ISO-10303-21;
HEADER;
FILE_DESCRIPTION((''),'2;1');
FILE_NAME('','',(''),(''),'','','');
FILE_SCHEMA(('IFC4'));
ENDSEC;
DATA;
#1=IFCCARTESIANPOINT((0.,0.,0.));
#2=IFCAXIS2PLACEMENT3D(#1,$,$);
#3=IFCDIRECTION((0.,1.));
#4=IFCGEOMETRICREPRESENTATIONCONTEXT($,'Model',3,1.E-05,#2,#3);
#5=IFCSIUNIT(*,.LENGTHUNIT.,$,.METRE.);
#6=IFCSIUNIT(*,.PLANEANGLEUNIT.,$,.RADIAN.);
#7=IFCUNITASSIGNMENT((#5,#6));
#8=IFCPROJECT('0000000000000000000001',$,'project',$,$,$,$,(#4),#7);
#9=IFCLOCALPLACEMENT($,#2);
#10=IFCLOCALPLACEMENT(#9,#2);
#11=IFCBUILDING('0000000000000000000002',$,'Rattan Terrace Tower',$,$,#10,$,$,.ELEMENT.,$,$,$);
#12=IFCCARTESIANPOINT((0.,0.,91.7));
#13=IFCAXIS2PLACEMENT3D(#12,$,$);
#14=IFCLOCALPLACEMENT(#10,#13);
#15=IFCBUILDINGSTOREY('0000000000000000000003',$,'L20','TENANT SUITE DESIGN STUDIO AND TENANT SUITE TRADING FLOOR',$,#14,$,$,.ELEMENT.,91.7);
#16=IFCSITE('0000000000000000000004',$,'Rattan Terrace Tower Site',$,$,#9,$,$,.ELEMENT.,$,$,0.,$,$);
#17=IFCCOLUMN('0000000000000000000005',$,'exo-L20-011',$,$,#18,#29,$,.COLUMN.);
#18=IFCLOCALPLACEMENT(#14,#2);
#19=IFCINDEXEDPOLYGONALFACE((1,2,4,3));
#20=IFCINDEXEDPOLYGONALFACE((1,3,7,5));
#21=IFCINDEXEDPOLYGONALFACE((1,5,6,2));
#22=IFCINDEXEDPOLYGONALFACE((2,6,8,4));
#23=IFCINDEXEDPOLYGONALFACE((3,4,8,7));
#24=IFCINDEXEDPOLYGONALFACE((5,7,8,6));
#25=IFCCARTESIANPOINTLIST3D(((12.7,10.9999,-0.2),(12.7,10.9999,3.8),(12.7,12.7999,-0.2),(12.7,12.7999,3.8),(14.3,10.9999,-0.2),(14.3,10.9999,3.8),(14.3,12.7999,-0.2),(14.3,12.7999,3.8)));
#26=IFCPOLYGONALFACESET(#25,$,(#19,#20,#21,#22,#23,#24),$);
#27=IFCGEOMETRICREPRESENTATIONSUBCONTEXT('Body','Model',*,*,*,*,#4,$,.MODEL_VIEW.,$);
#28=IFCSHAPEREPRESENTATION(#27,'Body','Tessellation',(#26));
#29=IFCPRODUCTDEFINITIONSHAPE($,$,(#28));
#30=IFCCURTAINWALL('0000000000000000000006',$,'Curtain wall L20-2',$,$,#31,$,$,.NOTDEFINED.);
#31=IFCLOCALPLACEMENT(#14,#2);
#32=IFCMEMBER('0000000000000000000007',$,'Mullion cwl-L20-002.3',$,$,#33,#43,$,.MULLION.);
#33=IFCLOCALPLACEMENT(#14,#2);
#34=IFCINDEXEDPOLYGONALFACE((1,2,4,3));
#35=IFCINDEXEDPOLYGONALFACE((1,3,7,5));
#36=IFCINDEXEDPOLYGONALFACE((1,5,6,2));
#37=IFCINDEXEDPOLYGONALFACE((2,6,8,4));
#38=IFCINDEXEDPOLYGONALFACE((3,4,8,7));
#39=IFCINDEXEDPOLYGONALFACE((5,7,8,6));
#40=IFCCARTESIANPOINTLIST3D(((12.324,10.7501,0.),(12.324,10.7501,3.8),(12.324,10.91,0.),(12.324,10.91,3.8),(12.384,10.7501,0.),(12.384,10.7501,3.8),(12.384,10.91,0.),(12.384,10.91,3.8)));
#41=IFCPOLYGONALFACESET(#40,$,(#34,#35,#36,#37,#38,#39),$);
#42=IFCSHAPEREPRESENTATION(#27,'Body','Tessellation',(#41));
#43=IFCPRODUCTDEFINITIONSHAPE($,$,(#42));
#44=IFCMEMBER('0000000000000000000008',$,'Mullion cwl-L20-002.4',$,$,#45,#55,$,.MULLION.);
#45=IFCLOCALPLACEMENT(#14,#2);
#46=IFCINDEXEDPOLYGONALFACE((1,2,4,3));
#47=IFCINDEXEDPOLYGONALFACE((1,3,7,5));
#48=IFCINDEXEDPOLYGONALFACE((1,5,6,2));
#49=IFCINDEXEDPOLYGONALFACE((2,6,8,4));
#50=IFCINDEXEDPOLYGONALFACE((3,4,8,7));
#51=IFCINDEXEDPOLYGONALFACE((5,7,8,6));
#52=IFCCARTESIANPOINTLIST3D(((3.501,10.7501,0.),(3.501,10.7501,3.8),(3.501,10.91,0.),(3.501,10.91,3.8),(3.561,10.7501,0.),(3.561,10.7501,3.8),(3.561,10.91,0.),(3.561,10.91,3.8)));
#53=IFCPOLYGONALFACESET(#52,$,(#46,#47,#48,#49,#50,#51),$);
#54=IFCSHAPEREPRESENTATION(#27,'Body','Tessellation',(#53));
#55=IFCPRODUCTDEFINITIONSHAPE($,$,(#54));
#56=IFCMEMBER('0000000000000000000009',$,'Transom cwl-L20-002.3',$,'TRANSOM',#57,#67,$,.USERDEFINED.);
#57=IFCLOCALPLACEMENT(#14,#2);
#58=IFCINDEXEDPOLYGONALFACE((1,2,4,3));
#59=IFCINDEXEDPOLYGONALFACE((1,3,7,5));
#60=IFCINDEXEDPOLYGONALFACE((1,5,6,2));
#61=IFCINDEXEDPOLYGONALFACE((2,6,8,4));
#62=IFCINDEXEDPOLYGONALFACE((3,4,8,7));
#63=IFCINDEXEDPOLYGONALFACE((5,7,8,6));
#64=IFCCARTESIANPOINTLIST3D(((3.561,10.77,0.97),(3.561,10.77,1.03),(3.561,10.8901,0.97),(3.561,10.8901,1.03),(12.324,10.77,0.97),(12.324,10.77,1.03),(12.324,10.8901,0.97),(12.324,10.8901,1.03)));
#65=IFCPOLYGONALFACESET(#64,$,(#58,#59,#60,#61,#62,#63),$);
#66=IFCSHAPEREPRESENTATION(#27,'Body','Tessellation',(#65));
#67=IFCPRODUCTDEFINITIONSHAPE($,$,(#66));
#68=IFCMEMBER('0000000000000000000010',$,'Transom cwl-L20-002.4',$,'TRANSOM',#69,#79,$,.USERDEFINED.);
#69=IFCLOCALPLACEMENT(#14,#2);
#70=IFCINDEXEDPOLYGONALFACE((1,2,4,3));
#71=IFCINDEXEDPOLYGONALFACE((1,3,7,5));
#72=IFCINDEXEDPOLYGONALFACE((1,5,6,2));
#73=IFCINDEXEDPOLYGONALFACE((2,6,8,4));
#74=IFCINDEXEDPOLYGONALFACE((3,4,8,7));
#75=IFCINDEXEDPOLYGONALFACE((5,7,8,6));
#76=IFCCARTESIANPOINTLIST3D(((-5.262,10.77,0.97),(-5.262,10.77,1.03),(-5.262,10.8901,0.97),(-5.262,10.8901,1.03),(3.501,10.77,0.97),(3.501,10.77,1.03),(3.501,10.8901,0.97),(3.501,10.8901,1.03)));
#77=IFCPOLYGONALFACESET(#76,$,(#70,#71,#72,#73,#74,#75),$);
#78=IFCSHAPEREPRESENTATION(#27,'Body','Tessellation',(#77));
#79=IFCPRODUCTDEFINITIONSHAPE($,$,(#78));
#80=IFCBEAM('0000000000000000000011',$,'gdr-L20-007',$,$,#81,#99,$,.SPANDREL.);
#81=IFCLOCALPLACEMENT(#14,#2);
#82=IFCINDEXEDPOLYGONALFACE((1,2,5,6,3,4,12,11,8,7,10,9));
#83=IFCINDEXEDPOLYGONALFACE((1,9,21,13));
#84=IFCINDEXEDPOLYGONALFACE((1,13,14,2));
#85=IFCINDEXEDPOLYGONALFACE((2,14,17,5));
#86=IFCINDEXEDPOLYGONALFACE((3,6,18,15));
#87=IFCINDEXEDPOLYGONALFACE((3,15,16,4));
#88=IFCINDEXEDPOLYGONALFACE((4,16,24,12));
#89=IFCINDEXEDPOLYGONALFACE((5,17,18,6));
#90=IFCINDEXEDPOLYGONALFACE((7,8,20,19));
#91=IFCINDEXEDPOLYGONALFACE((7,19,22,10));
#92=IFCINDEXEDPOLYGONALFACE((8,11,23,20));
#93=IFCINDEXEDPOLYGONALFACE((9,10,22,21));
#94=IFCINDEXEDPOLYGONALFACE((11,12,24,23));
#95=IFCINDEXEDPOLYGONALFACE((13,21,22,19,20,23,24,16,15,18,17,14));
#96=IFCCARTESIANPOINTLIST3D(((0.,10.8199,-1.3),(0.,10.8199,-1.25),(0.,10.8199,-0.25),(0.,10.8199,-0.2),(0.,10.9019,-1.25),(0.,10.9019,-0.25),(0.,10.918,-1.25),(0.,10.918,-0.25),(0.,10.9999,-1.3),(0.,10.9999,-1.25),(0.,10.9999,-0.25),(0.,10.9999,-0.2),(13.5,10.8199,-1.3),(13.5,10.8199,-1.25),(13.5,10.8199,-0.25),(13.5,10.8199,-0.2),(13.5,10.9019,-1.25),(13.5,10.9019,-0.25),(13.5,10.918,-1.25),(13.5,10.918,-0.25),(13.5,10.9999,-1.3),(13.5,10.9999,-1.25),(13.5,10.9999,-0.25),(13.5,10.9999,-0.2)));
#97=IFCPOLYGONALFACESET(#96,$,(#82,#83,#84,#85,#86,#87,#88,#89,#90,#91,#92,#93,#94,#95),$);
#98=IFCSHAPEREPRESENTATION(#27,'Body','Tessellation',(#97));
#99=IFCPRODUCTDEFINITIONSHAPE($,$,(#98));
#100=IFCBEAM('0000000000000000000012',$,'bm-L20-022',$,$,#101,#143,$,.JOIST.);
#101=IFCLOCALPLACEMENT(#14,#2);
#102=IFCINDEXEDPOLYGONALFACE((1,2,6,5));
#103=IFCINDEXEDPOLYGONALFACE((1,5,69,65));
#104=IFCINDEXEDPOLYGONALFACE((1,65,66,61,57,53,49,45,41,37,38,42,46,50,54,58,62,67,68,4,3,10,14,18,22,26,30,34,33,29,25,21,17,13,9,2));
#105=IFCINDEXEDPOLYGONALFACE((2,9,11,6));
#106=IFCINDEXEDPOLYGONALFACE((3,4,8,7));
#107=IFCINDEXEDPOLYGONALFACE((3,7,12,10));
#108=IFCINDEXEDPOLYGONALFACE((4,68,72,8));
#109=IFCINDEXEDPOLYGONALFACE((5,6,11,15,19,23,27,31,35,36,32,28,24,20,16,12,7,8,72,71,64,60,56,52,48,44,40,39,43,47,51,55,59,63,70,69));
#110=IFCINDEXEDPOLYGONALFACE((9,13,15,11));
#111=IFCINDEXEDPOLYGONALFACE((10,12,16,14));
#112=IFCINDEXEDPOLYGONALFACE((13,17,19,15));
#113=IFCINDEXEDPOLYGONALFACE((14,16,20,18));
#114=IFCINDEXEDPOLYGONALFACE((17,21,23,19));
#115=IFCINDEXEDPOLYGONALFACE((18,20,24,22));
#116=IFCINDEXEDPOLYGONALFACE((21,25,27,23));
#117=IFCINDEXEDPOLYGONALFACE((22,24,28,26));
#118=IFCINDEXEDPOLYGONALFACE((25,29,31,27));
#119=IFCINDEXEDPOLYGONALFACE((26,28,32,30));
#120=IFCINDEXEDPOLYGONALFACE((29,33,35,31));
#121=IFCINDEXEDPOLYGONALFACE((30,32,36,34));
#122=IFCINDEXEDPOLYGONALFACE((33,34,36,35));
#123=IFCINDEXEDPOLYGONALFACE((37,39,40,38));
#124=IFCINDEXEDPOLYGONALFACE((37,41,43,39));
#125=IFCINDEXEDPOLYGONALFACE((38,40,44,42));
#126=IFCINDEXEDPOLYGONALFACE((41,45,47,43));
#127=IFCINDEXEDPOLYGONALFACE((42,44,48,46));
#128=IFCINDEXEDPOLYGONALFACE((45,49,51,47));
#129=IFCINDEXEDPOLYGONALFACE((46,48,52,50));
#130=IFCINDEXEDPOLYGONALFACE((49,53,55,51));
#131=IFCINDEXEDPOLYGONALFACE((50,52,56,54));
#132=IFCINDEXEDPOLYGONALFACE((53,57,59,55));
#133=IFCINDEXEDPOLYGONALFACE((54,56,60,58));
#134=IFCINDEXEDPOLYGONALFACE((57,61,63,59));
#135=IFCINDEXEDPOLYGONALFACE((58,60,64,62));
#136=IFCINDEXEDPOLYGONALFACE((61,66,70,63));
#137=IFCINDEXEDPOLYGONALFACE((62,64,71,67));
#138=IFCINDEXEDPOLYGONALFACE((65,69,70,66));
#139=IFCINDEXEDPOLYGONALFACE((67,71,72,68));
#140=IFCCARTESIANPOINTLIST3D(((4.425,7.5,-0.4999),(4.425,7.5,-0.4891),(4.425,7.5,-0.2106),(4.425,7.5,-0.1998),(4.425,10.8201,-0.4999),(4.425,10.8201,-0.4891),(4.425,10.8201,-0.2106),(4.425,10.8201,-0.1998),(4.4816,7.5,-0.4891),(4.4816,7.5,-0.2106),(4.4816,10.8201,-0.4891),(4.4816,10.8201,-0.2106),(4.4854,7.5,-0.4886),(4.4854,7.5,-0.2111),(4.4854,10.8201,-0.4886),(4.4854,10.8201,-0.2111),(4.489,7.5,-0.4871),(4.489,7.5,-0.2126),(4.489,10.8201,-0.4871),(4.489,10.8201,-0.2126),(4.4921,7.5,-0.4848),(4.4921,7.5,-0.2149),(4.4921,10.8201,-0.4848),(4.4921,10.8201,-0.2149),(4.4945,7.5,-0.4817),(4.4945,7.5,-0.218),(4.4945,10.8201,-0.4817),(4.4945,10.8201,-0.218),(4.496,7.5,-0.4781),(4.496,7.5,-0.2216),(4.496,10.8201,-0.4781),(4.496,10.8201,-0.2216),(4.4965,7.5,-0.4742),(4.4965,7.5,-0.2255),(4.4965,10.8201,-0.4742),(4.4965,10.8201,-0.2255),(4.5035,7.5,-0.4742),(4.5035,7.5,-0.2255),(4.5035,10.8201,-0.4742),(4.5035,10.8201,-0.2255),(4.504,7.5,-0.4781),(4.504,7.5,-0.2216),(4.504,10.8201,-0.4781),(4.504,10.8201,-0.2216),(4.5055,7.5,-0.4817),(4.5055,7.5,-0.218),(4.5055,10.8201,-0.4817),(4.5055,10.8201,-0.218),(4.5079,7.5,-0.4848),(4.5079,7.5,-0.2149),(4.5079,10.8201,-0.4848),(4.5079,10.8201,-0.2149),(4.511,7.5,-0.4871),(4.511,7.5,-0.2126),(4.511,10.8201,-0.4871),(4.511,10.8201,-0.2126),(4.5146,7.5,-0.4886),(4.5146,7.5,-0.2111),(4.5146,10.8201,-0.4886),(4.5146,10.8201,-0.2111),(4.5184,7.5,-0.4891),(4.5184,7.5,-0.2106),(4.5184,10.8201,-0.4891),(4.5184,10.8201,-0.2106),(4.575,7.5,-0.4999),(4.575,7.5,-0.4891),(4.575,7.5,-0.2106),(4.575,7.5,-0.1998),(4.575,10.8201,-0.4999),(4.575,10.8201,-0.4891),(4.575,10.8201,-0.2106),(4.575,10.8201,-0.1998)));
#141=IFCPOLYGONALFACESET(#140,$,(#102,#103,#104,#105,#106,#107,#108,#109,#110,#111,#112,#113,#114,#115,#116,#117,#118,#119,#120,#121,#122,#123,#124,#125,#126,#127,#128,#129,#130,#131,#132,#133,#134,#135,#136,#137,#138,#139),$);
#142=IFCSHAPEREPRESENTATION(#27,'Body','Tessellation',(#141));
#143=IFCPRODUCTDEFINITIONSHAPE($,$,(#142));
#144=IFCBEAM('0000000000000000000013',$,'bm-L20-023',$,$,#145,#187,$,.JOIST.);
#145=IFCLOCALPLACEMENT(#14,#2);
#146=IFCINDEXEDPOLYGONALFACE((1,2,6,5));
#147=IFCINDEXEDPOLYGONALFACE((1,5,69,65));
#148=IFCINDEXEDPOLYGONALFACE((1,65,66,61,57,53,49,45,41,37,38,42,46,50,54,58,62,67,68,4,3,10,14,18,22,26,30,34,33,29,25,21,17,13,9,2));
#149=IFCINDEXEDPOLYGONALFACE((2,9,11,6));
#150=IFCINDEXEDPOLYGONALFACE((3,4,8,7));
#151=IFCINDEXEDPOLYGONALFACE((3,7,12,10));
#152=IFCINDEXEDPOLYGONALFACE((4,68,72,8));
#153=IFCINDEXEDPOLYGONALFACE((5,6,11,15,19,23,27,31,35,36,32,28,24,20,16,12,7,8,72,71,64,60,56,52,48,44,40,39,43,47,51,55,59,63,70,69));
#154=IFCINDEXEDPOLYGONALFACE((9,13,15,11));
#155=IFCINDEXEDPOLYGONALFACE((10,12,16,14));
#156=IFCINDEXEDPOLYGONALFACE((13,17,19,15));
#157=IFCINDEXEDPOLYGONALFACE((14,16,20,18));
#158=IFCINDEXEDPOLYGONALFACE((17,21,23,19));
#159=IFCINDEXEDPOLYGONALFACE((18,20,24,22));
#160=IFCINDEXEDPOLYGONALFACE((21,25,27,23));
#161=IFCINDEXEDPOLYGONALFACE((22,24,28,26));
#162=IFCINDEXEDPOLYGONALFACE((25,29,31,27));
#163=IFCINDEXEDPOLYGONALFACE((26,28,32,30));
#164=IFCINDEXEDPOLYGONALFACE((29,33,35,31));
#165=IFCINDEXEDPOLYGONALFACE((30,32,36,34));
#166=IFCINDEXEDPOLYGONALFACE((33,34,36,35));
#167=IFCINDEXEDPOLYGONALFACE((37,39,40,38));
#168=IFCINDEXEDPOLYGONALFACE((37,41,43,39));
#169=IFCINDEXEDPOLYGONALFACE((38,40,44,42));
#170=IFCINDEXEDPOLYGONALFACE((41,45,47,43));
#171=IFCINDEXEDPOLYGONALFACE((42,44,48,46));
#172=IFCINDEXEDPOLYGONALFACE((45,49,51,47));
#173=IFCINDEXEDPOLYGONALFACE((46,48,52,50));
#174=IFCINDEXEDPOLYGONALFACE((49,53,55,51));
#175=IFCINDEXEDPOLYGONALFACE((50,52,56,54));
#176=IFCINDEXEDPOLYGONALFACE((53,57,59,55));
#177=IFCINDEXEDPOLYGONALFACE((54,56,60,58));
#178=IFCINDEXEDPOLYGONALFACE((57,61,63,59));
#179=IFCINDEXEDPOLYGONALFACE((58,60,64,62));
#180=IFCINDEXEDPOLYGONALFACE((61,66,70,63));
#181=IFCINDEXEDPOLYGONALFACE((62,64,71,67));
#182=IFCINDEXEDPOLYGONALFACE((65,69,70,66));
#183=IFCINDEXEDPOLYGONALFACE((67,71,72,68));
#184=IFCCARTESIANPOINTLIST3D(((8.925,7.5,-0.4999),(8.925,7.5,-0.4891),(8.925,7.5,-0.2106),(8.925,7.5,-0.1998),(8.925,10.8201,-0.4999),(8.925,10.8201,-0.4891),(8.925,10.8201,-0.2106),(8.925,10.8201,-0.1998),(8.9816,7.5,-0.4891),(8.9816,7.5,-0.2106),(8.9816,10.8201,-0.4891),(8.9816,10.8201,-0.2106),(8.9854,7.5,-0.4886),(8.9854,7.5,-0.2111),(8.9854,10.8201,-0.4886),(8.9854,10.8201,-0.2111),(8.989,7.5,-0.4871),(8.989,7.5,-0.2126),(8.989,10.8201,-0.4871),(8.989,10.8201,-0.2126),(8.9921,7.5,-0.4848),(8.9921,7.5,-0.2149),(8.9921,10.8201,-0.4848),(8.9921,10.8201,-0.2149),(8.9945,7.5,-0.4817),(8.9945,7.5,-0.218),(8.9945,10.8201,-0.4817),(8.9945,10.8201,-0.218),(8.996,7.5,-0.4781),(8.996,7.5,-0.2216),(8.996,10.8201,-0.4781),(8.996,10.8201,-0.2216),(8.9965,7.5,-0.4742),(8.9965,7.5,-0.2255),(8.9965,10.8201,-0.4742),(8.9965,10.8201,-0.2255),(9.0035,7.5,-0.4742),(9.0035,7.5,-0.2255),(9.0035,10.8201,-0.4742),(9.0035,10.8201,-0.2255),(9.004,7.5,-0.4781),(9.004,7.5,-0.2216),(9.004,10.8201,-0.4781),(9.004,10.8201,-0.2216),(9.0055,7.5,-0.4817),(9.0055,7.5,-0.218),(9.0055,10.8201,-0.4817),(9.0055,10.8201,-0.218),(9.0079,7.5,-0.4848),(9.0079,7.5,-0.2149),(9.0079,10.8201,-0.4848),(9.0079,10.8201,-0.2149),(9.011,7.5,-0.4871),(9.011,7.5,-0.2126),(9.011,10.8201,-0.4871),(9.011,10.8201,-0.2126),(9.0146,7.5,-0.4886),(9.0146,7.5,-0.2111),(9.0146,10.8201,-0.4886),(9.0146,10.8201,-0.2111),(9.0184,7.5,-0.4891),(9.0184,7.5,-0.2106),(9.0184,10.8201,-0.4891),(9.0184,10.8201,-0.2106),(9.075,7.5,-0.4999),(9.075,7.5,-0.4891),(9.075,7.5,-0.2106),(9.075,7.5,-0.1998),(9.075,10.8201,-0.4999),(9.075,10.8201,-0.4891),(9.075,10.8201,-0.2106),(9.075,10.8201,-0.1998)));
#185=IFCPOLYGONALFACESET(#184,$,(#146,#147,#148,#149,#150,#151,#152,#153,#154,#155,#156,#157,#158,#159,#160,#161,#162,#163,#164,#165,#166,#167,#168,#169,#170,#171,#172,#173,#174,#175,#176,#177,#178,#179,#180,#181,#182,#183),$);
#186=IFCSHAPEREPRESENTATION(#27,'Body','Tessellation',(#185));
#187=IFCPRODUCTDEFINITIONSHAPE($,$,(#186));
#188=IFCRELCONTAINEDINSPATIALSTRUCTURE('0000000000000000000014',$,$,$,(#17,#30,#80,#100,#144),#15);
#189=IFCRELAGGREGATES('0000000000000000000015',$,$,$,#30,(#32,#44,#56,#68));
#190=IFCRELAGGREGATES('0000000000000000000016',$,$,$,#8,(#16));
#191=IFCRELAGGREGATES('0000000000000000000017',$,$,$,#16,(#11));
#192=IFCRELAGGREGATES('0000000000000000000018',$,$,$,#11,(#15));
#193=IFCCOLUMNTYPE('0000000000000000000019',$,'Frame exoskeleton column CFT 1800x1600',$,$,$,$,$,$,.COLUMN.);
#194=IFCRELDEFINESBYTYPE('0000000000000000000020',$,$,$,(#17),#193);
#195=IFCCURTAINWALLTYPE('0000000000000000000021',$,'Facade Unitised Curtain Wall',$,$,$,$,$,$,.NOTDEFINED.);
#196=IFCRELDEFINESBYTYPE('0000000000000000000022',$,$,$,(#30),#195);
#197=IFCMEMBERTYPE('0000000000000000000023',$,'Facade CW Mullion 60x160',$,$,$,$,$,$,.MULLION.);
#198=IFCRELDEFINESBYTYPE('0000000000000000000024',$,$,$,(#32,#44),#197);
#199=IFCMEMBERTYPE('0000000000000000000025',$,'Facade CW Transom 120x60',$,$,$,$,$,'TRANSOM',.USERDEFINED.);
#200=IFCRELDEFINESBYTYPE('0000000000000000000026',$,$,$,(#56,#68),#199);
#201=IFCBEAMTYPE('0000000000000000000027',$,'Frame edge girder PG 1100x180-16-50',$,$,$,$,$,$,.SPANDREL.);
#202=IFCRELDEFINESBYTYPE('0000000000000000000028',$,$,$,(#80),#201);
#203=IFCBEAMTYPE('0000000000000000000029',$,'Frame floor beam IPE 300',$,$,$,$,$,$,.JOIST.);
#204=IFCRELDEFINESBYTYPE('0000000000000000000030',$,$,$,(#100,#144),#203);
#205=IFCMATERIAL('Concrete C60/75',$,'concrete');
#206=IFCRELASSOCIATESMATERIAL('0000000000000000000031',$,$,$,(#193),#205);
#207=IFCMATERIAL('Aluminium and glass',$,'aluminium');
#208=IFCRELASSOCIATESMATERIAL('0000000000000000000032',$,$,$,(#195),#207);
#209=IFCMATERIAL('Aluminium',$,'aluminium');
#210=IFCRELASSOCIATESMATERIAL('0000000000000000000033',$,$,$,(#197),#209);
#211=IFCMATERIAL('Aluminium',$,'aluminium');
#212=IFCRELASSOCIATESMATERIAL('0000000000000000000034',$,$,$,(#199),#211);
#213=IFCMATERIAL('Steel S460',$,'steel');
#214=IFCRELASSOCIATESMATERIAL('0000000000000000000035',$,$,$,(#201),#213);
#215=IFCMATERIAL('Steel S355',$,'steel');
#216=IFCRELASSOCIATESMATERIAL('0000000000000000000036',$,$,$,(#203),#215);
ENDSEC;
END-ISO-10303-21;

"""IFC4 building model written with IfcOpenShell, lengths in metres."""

from ifc_helpers import new_model, si_unit, direction, frame, origin, origin_2d, place, context, subcontext, project, spatial, rectangle, i_section, extrude, material, material_profile, profile_set, type_object, element, aggregate, save


model = new_model("IFC4")

# Units and contexts
model_context = context("Model", 3, precision=1e-05, world=origin(), true_north=direction((0.0, 1.0)))
body_context = subcontext(model_context, "Body", "Model", "MODEL_VIEW")
ifc_project = project(units=[si_unit("LENGTHUNIT", "METRE"), si_unit("PLANEANGLEUNIT", "RADIAN")], contexts=[model_context])

# Site, building, storey
site_placement = place(None, origin())
site = spatial("IfcSite", under=ifc_project, at=site_placement, Name="Rattan Terrace Tower Site", CompositionType="ELEMENT", RefElevation=0.0)
building_placement = place(site_placement, origin())
building = spatial("IfcBuilding", under=site, at=building_placement, Name="Rattan Terrace Tower", CompositionType="ELEMENT")
storey_placement = place(building_placement, frame((0.0, 0.0, 91.7)))
storey = spatial("IfcBuildingStorey", under=building, at=storey_placement, Name="L20", Description="TENANT SUITE DESIGN STUDIO AND TENANT SUITE TRADING FLOOR", CompositionType="ELEMENT", Elevation=91.7)

# Column
ifc_material_1 = material(Name="Concrete C60/75", Category="concrete")
ifc_material_profile_1 = material_profile(ifc_material_1, rectangle(XDim=1.6001, YDim=1.8, at=origin_2d()), Name="CFT 1800x1600")
ifc_profile_set_1 = profile_set([ifc_material_profile_1], Name="Concrete C60/75")
column_type = type_object("IfcColumnType", Name="Frame exoskeleton column CFT 1800x1600", PredefinedType="COLUMN", material=ifc_profile_set_1)
column_placement = place(storey_placement, frame((13.5, 11.8999, -0.2), z_axis=(0.0, 0.0, 1.0), x_axis=(1.0, 0.0, 0.0)))
element("IfcColumn", 1, at=column_placement, inside=storey, type_object=column_type, Name="exo-L20-011", PredefinedType="COLUMN", context=body_context, shape_type="SweptSolid", body=[
    extrude(rectangle(XDim=1.6001, YDim=1.8, at=origin_2d()), origin(), (0.0, 0.0, 1.0), 4.0),
])

# Curtain wall, members
ifc_material_2 = material(Name="Aluminium and glass", Category="aluminium")
curtain_wall_type = type_object("IfcCurtainWallType", Name="Facade Unitised Curtain Wall", PredefinedType="NOTDEFINED", material=ifc_material_2)
curtain_wall_placement = place(storey_placement, origin())
curtain_wall = element("IfcCurtainWall", 2, at=curtain_wall_placement, inside=storey, type_object=curtain_wall_type, Name="Curtain wall L20-2", PredefinedType="NOTDEFINED")
ifc_material_3 = material(Name="Aluminium", Category="aluminium")
ifc_material_profile_2 = material_profile(ifc_material_3, rectangle(XDim=0.0601, YDim=0.1599, at=origin_2d()), Name="Aluminium 60x160")
ifc_profile_set_2 = profile_set([ifc_material_profile_2], Name="Aluminium")
member_type_1 = type_object("IfcMemberType", Name="Facade CW Mullion 60x160", PredefinedType="MULLION", material=ifc_profile_set_2)
member_1_placement = place(storey_placement, frame((12.354, 10.8301, 0.0), z_axis=(0.0, 0.0, 1.0), x_axis=(-1.0, 0.0, 0.0)))
member_1 = element("IfcMember", 3, at=member_1_placement, type_object=member_type_1, Name="Mullion cwl-L20-002.3", PredefinedType="MULLION", context=body_context, shape_type="SweptSolid", body=[
    extrude(rectangle(XDim=0.0601, YDim=0.1599, at=origin_2d()), origin(), (0.0, 0.0, 1.0), 3.8),
])
member_2_placement = place(storey_placement, frame((3.531, 10.8301, 0.0), z_axis=(0.0, 0.0, 1.0), x_axis=(-1.0, 0.0, 0.0)))
member_2 = element("IfcMember", 4, at=member_2_placement, type_object=member_type_1, Name="Mullion cwl-L20-002.4", PredefinedType="MULLION", context=body_context, shape_type="SweptSolid", body=[
    extrude(rectangle(XDim=0.0601, YDim=0.1599, at=origin_2d()), origin(), (0.0, 0.0, 1.0), 3.8),
])
ifc_material_4 = material(Name="Aluminium", Category="aluminium")
ifc_material_profile_3 = material_profile(ifc_material_4, rectangle(XDim=0.1201, YDim=0.0601, at=origin_2d()), Name="Aluminium 120x60")
ifc_profile_set_3 = profile_set([ifc_material_profile_3], Name="Aluminium")
member_type_2 = type_object("IfcMemberType", Name="Facade CW Transom 120x60", ElementType="TRANSOM", PredefinedType="USERDEFINED", material=ifc_profile_set_3)
member_3_placement = place(storey_placement, frame((12.324, 10.8301, 1.0), z_axis=(-1.0, 0.0, 0.0), x_axis=(0.0, -1.0, 0.0)))
member_3 = element("IfcMember", 5, at=member_3_placement, type_object=member_type_2, Name="Transom cwl-L20-002.3", ObjectType="TRANSOM", PredefinedType="USERDEFINED", context=body_context, shape_type="SweptSolid", body=[
    extrude(rectangle(XDim=0.1201, YDim=0.0601, at=origin_2d()), origin(), (0.0, 0.0, 1.0), 8.7629),
])
member_4_placement = place(storey_placement, frame((3.501, 10.8301, 1.0), z_axis=(-1.0, 0.0, 0.0), x_axis=(0.0, -1.0, 0.0)))
member_4 = element("IfcMember", 6, at=member_4_placement, type_object=member_type_2, Name="Transom cwl-L20-002.4", ObjectType="TRANSOM", PredefinedType="USERDEFINED", context=body_context, shape_type="SweptSolid", body=[
    extrude(rectangle(XDim=0.1201, YDim=0.0601, at=origin_2d()), origin(), (0.0, 0.0, 1.0), 8.7629),
])

# Beams
ifc_material_5 = material(Name="Steel S460", Category="steel")
ifc_material_profile_4 = material_profile(ifc_material_5, i_section(OverallWidth=0.1799, OverallDepth=1.1001, WebThickness=0.0161, FlangeThickness=0.05, at=origin_2d()), Name="PG 1100x180-16-50")
ifc_profile_set_4 = profile_set([ifc_material_profile_4], Name="Steel S460")
beam_type_1 = type_object("IfcBeamType", Name="Frame edge girder PG 1100x180-16-50", PredefinedType="SPANDREL", material=ifc_profile_set_4)
beam_placement = place(storey_placement, frame((13.5, 10.9099, -0.75), z_axis=(-1.0, 0.0, 0.0), x_axis=(0.0, -1.0, 0.0)))
element("IfcBeam", 7, at=beam_placement, inside=storey, type_object=beam_type_1, Name="gdr-L20-007", PredefinedType="SPANDREL", context=body_context, shape_type="SweptSolid", body=[
    extrude(i_section(OverallWidth=0.1799, OverallDepth=1.1001, WebThickness=0.0161, FlangeThickness=0.05, at=origin_2d()), origin(), (0.0, 0.0, 1.0), 13.5),
])
ifc_material_6 = material(Name="Steel S355", Category="steel")
ifc_material_profile_5 = material_profile(ifc_material_6, i_section(OverallWidth=0.1499, OverallDepth=0.3, WebThickness=0.0071, FlangeThickness=0.0107, FilletRadius=0.0149, at=origin_2d()), Name="IPE 300")
ifc_profile_set_5 = profile_set([ifc_material_profile_5], Name="Steel S355")
beam_type_2 = type_object("IfcBeamType", Name="Frame floor beam IPE 300", PredefinedType="JOIST", material=ifc_profile_set_5)
for number, where, z_axis, x_axis, name in (
    (8, (4.5, 7.5, -0.3499), (0.0, 1.0, 0.0), (-1.0, 0.0, 0.0), "bm-L20-022"),
    (9, (9.0, 7.5, -0.3499), (0.0, 1.0, 0.0), (-1.0, 0.0, 0.0), "bm-L20-023"),
):
    element("IfcBeam", number, at=place(storey_placement, frame(where, z_axis=z_axis, x_axis=x_axis)), inside=storey, type_object=beam_type_2, Name=name, PredefinedType="JOIST", context=body_context, shape_type="SweptSolid", body=[
        extrude(i_section(OverallWidth=0.1499, OverallDepth=0.3, WebThickness=0.0071, FlangeThickness=0.0107, FilletRadius=0.0149, at=origin_2d()), origin(), (0.0, 0.0, 1.0), 3.3201),
    ])

aggregate(curtain_wall, [member_1, member_2, member_3, member_4])

save(model, "model.ifc")
